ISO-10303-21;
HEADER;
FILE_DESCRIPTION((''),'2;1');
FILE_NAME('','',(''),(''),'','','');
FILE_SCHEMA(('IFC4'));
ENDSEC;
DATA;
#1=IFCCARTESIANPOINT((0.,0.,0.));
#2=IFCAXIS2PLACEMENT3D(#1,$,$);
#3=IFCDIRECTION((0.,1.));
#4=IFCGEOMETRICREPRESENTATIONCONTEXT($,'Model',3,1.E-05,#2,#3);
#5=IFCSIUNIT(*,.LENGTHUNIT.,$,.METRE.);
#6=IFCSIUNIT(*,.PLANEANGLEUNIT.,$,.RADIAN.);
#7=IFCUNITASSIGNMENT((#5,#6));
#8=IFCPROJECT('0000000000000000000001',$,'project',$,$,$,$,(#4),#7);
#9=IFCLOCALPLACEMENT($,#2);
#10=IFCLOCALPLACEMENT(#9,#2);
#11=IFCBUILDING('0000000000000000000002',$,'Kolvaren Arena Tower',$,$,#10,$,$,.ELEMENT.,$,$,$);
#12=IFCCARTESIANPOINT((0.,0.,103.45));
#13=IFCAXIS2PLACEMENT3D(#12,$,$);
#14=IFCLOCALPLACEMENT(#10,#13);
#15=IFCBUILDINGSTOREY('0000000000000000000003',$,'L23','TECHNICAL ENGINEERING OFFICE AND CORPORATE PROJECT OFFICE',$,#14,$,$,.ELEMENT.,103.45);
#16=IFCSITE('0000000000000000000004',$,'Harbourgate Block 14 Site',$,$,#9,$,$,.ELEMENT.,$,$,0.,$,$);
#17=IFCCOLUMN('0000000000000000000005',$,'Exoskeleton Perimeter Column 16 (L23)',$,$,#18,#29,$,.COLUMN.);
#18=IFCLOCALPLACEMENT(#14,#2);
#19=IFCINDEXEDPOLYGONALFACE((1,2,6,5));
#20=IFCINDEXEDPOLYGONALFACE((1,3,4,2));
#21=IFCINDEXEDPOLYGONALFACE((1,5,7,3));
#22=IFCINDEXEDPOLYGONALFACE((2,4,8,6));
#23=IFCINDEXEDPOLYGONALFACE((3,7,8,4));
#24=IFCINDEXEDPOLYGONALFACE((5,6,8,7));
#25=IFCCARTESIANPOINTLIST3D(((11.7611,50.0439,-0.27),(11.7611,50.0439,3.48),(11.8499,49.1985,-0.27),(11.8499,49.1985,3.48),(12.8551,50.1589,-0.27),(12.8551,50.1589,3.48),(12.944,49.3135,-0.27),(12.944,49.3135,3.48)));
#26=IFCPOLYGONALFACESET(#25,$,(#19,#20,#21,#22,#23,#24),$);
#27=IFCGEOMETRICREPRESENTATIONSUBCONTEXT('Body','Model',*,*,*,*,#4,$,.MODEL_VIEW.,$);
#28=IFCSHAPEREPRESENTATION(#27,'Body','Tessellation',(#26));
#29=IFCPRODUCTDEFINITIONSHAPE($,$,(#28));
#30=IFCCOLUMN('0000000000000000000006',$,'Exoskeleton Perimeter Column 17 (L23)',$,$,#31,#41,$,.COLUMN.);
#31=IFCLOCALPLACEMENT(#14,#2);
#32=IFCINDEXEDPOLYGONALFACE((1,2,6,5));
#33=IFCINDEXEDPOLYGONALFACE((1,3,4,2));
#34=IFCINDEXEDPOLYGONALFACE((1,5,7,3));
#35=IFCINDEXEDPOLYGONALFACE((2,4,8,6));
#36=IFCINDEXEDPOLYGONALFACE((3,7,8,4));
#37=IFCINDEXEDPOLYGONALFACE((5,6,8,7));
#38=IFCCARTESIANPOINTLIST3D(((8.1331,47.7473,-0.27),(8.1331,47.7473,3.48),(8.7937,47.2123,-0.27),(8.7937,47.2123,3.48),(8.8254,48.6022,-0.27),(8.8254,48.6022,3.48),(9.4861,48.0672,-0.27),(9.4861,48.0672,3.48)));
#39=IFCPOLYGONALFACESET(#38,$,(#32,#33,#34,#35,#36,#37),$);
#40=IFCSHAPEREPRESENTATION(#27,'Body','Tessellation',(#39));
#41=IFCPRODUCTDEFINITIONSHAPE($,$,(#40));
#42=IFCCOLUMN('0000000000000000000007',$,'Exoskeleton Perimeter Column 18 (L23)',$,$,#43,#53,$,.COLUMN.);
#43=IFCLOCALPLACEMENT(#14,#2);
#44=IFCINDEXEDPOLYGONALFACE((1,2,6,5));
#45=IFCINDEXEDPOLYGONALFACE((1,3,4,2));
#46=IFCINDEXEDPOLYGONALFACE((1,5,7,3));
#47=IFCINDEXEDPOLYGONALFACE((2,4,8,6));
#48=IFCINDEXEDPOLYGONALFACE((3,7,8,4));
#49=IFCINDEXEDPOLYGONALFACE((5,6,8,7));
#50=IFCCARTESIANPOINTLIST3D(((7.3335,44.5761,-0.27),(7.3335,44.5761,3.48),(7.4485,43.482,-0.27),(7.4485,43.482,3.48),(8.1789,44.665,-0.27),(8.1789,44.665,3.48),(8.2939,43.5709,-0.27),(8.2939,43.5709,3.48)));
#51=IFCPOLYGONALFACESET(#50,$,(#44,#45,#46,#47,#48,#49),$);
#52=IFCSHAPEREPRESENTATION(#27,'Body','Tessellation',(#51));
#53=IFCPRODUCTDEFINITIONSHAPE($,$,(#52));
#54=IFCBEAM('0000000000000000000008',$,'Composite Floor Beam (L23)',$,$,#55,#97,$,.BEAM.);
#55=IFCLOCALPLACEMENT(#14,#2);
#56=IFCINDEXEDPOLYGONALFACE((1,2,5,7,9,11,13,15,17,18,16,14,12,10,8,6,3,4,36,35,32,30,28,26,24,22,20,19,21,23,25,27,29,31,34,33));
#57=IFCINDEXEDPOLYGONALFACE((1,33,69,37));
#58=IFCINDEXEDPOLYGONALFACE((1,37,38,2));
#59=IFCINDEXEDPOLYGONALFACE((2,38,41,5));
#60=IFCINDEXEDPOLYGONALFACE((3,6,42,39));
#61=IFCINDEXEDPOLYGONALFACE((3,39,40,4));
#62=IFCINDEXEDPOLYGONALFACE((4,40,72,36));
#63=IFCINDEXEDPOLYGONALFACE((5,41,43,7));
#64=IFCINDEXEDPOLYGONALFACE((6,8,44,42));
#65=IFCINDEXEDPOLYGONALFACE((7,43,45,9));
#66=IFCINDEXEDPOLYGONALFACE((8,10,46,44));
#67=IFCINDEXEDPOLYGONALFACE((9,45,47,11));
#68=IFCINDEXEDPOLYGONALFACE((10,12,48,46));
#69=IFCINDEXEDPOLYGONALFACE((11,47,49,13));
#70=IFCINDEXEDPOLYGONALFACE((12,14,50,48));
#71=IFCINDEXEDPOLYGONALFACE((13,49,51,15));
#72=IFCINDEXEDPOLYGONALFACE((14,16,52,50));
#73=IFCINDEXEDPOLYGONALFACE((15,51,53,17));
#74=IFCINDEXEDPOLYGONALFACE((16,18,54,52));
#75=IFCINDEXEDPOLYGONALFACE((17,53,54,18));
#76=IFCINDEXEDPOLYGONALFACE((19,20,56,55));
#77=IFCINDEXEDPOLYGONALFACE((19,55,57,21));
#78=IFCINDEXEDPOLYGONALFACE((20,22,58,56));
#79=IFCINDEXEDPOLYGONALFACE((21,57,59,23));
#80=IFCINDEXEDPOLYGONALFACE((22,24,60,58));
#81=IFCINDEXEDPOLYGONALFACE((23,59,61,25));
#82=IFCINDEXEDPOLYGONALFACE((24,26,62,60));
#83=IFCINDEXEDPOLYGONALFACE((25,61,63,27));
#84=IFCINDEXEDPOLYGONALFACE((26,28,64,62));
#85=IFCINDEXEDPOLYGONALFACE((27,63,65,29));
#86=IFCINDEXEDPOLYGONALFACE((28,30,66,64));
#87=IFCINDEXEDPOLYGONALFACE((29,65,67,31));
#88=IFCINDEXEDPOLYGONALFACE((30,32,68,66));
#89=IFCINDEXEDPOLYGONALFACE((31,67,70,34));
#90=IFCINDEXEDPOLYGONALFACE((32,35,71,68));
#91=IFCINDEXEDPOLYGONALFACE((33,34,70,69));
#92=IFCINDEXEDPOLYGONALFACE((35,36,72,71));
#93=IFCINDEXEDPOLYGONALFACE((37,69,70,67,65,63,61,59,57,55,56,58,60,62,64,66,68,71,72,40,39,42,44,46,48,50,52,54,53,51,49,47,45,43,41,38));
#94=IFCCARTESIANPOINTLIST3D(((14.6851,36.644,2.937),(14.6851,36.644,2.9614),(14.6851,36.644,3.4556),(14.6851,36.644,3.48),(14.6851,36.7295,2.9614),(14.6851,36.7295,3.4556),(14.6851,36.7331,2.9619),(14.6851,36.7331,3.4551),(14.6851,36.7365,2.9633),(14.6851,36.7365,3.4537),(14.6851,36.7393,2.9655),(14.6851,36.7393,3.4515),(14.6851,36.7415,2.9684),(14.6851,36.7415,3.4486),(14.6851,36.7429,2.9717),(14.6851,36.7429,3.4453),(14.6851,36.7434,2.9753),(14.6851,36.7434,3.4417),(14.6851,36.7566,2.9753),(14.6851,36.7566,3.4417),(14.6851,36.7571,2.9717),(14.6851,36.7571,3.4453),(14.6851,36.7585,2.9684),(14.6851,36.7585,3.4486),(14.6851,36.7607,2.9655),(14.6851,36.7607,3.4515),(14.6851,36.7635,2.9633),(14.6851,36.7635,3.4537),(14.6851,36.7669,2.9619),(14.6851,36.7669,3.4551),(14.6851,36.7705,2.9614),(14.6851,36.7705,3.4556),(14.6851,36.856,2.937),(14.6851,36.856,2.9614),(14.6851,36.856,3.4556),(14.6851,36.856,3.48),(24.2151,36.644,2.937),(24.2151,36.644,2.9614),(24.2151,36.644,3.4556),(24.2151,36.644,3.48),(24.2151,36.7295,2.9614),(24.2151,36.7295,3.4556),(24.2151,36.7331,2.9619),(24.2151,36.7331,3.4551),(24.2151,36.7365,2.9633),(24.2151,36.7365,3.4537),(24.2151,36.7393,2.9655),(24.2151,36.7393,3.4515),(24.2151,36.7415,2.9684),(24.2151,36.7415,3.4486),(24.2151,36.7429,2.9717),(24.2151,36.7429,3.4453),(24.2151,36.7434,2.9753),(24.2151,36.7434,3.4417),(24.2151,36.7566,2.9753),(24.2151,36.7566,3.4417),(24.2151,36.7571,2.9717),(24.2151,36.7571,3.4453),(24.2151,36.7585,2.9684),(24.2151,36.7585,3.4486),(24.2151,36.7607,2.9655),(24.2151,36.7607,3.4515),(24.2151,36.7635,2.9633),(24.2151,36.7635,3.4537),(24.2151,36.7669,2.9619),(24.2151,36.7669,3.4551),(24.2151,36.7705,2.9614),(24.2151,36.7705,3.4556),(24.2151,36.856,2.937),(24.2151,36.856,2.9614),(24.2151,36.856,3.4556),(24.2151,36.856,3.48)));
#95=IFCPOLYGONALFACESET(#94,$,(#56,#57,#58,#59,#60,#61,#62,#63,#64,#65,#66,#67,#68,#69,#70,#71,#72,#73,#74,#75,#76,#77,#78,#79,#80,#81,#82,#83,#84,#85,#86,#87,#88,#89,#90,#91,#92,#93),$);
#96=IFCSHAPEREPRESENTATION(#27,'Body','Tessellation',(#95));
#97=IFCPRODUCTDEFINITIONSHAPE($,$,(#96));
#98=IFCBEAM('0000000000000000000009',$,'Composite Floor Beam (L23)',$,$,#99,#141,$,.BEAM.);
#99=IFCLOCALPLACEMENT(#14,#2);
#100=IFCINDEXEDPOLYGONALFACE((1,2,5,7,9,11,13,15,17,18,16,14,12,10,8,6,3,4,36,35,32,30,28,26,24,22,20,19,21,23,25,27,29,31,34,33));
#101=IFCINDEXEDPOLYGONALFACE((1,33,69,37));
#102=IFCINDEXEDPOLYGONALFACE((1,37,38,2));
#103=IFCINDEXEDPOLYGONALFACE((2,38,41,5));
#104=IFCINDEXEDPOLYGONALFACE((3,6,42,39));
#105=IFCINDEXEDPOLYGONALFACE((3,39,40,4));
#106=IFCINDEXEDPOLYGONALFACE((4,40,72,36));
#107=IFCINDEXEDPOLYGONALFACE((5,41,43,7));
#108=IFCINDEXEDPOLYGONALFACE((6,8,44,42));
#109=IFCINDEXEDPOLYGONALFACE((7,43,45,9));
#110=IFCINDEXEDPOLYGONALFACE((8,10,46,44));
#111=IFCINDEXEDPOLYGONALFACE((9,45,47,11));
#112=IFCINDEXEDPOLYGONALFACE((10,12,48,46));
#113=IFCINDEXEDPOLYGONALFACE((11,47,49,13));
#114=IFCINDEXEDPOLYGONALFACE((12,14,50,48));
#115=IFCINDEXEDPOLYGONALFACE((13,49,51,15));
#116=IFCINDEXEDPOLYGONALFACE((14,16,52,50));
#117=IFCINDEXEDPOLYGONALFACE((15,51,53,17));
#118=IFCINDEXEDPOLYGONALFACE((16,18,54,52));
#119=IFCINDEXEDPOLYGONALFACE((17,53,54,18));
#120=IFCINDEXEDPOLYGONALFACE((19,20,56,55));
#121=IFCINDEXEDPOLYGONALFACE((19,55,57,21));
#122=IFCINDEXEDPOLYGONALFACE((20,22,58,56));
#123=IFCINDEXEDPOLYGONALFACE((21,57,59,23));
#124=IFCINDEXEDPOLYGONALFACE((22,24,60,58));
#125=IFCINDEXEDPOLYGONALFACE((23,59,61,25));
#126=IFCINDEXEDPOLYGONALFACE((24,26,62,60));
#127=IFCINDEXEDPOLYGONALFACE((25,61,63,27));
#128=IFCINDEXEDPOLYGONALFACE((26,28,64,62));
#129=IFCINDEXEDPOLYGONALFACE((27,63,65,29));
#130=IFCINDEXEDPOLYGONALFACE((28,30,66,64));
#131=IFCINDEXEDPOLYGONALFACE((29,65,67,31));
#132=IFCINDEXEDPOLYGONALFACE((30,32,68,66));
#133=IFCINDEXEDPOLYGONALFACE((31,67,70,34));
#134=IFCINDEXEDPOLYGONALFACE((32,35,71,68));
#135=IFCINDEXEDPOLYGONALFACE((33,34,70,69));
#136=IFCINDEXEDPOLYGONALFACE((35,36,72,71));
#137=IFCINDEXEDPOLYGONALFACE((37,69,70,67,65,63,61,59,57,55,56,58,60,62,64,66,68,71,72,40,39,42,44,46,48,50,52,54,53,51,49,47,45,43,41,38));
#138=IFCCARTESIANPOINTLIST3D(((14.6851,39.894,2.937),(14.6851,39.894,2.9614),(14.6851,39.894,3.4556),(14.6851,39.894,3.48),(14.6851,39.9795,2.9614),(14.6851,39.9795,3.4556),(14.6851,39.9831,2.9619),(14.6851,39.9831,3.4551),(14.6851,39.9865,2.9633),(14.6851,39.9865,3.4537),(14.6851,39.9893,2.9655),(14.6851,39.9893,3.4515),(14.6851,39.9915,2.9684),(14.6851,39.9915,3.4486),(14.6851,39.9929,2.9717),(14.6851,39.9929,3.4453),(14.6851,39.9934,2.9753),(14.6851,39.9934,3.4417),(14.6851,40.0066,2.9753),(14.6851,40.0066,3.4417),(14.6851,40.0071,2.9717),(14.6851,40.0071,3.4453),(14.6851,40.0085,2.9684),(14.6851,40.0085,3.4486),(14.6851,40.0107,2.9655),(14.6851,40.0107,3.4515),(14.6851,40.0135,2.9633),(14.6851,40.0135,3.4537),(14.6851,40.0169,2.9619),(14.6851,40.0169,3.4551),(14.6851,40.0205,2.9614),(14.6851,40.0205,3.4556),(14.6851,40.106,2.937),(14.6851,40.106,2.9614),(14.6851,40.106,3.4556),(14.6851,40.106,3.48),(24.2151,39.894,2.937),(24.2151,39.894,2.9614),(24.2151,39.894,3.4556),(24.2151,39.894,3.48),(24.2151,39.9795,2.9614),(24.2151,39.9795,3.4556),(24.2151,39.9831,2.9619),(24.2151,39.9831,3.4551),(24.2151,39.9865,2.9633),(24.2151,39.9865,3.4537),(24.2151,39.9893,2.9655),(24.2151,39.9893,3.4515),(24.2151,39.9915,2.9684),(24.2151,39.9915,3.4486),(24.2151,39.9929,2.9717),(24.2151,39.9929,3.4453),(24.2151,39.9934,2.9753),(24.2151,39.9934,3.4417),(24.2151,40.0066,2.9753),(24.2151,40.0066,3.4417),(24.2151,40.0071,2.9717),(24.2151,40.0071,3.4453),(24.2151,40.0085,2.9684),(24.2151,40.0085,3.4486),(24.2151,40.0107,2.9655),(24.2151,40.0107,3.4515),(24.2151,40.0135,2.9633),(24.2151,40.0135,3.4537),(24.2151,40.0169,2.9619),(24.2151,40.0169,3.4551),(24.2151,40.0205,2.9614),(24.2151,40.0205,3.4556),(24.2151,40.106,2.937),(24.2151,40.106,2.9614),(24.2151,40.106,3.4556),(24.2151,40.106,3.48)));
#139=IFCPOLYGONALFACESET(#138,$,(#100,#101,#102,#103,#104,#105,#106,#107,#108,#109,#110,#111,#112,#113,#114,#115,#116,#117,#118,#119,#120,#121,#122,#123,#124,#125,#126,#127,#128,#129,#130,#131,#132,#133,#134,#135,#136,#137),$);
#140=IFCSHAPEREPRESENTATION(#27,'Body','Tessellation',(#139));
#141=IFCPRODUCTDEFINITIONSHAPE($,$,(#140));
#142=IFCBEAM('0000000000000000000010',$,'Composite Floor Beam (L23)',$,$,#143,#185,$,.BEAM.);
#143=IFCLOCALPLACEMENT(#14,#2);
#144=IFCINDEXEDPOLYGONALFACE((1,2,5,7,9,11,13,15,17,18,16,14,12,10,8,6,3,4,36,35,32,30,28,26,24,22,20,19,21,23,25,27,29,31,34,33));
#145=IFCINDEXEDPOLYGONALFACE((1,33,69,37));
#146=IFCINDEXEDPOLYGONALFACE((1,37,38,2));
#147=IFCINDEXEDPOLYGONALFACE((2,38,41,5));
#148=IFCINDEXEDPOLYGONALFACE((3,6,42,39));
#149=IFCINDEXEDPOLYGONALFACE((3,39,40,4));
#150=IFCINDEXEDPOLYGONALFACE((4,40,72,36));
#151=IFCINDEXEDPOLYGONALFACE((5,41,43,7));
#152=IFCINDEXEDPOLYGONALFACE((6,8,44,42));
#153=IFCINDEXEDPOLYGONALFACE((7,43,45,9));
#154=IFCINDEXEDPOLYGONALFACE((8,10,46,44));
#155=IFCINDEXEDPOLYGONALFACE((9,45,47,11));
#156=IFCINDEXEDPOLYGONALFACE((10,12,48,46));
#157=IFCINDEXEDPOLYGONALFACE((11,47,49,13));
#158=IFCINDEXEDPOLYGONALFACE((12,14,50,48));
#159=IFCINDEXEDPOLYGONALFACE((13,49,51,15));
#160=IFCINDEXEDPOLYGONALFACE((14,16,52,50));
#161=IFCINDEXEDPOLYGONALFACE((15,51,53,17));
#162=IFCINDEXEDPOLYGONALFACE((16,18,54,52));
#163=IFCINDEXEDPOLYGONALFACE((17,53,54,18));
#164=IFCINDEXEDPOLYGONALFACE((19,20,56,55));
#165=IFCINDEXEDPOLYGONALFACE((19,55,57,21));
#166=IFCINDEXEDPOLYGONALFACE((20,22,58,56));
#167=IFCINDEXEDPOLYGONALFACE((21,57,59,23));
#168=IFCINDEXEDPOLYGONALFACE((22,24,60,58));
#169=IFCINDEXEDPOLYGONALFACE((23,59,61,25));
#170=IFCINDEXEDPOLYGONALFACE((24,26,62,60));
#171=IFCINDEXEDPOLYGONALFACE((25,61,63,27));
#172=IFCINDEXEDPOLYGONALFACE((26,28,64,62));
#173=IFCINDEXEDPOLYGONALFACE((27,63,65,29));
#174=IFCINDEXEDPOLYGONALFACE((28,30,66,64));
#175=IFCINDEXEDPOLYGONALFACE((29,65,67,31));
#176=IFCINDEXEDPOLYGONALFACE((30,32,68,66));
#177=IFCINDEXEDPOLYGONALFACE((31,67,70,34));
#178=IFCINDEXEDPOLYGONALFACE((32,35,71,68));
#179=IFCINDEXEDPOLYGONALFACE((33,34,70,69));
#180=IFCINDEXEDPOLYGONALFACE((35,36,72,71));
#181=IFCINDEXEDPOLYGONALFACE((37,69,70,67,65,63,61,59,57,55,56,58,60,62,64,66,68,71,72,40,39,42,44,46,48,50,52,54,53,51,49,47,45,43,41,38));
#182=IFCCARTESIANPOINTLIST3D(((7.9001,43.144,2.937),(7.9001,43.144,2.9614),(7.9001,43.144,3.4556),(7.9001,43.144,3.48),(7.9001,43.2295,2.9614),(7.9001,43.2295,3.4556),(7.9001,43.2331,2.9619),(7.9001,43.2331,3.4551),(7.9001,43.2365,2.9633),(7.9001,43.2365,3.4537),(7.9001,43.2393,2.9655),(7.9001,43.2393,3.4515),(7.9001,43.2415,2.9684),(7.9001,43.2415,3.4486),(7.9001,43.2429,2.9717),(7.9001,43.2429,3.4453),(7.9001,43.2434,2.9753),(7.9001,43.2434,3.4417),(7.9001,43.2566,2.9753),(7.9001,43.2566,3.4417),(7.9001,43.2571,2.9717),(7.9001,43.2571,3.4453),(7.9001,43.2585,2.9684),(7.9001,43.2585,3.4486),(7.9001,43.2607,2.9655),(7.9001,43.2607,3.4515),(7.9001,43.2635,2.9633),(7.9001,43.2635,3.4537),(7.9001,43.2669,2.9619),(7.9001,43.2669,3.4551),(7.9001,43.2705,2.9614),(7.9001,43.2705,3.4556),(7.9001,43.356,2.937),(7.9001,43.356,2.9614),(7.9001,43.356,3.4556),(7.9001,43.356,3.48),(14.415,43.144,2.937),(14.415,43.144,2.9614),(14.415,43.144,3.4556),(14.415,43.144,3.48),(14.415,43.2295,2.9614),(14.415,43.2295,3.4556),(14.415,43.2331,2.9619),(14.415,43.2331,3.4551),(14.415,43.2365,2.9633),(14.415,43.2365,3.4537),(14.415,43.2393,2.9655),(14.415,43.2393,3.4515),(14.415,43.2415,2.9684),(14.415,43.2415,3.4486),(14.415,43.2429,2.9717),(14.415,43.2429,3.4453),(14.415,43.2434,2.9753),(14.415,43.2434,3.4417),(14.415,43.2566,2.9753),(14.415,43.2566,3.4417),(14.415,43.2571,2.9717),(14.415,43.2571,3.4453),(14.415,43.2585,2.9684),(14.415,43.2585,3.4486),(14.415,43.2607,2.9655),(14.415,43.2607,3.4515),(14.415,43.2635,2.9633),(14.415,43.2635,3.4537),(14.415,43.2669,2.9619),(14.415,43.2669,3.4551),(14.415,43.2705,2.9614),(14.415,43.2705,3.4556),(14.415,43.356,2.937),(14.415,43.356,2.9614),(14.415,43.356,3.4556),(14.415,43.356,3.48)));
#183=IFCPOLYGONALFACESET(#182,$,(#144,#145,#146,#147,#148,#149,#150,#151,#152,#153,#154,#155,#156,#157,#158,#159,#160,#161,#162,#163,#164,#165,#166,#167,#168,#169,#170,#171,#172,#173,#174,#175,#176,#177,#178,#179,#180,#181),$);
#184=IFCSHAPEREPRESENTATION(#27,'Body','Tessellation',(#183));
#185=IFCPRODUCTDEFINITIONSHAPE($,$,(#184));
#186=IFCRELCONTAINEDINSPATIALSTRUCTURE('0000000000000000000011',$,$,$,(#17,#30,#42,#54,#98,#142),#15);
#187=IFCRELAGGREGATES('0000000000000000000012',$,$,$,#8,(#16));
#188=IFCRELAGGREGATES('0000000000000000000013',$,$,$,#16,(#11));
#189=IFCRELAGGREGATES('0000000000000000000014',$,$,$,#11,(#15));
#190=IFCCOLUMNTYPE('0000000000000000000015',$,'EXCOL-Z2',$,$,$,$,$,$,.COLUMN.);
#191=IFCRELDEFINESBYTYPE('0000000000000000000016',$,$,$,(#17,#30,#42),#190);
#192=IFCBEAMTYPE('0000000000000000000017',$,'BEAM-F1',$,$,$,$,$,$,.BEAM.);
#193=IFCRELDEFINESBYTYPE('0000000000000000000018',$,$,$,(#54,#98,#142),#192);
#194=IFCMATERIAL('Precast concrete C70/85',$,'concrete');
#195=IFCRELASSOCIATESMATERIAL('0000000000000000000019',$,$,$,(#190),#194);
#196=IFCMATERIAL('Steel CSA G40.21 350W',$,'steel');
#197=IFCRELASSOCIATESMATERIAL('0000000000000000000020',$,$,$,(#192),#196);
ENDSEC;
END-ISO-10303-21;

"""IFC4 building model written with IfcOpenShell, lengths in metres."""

from ifc_helpers import new_model, si_unit, direction, frame, origin, origin_2d, place, context, subcontext, project, spatial, rectangle, i_section, extrude, material, material_profile, profile_set, type_object, element, save


model = new_model("IFC4")

# Units and contexts
model_context = context("Model", 3, precision=1e-05, world=origin(), true_north=direction((0.0, 1.0)))
body_context = subcontext(model_context, "Body", "Model", "MODEL_VIEW")
ifc_project = project(units=[si_unit("LENGTHUNIT", "METRE"), si_unit("PLANEANGLEUNIT", "RADIAN")], contexts=[model_context])

# Site, building, storey
site_placement = place(None, origin())
site = spatial("IfcSite", under=ifc_project, at=site_placement, Name="Harbourgate Block 14 Site", CompositionType="ELEMENT", RefElevation=0.0)
building_placement = place(site_placement, origin())
building = spatial("IfcBuilding", under=site, at=building_placement, Name="Kolvaren Arena Tower", CompositionType="ELEMENT")
storey_placement = place(building_placement, frame((0.0, 0.0, 103.45)))
storey = spatial("IfcBuildingStorey", under=building, at=storey_placement, Name="L23", Description="TECHNICAL ENGINEERING OFFICE AND CORPORATE PROJECT OFFICE", CompositionType="ELEMENT", Elevation=103.45)

# Columns
ifc_material_1 = material(Name="Precast concrete C70/85", Category="concrete")
ifc_material_profile_1 = material_profile(ifc_material_1, rectangle(XDim=1.1001, YDim=0.8501, at=origin_2d()), Name="RC-1100x850")
ifc_profile_set_1 = profile_set([ifc_material_profile_1], Name="Precast concrete C70/85")
column_type = type_object("IfcColumnType", Name="EXCOL-Z2", PredefinedType="COLUMN", material=ifc_profile_set_1)
for number, where, z_axis, x_axis, name in (
    (1, (12.3525, 49.6787, -0.27), (0.0, 0.0, 1.0), (0.994522, 0.104528, 0.0), "Exoskeleton Perimeter Column 16 (L23)"),
    (2, (8.8096, 47.9072, -0.27), (0.0, 0.0, 1.0), (0.62932, 0.777146, 0.0), "Exoskeleton Perimeter Column 17 (L23)"),
    (3, (7.8137, 44.0735, -0.27), (0.0, 0.0, 1.0), (-0.104528, 0.994522, 0.0), "Exoskeleton Perimeter Column 18 (L23)"),
):
    element("IfcColumn", number, at=place(storey_placement, frame(where, z_axis=z_axis, x_axis=x_axis)), inside=storey, type_object=column_type, Name=name, PredefinedType="COLUMN", context=body_context, shape_type="SweptSolid", body=[
        extrude(rectangle(XDim=1.1001, YDim=0.8501, at=origin_2d()), origin(), (0.0, 0.0, 1.0), 3.75),
    ])

# Beams
ifc_material_2 = material(Name="Steel CSA G40.21 350W", Category="steel")
ifc_material_profile_2 = material_profile(ifc_material_2, i_section(OverallWidth=0.2119, OverallDepth=0.543, WebThickness=0.0132, FlangeThickness=0.0244, FilletRadius=0.0139, at=origin_2d()), Name="W530x150")
ifc_profile_set_2 = profile_set([ifc_material_profile_2], Name="Steel CSA G40.21 350W")
beam_type_1 = type_object("IfcBeamType", Name="BEAM-F1", PredefinedType="BEAM", material=ifc_profile_set_2)
for number, where, z_axis, x_axis, name in (
    (4, (14.6851, 36.75, 3.2085), (1.0, 0.0, 0.0), (0.0, 1.0, 0.0), "Composite Floor Beam (L23)"),
    (5, (14.6851, 40.0, 3.2085), (1.0, 0.0, 0.0), (0.0, 1.0, 0.0), "Composite Floor Beam (L23)"),
):
    element("IfcBeam", number, at=place(storey_placement, frame(where, z_axis=z_axis, x_axis=x_axis)), inside=storey, type_object=beam_type_1, Name=name, PredefinedType="BEAM", context=body_context, shape_type="SweptSolid", body=[
        extrude(i_section(OverallWidth=0.2119, OverallDepth=0.543, WebThickness=0.0132, FlangeThickness=0.0244, FilletRadius=0.0139, at=origin_2d()), origin(), (0.0, 0.0, 1.0), 9.53),
    ])
beam_1_placement = place(storey_placement, frame((7.9001, 43.25, 3.2085), z_axis=(1.0, 0.0, 0.0), x_axis=(0.0, 1.0, 0.0)))
element("IfcBeam", 6, at=beam_1_placement, inside=storey, type_object=beam_type_1, Name="Composite Floor Beam (L23)", PredefinedType="BEAM", context=body_context, shape_type="SweptSolid", body=[
    extrude(i_section(OverallWidth=0.2119, OverallDepth=0.543, WebThickness=0.0132, FlangeThickness=0.0244, FilletRadius=0.0139, at=origin_2d()), origin(), (0.0, 0.0, 1.0), 6.5149),
])

save(model, "model.ifc")
